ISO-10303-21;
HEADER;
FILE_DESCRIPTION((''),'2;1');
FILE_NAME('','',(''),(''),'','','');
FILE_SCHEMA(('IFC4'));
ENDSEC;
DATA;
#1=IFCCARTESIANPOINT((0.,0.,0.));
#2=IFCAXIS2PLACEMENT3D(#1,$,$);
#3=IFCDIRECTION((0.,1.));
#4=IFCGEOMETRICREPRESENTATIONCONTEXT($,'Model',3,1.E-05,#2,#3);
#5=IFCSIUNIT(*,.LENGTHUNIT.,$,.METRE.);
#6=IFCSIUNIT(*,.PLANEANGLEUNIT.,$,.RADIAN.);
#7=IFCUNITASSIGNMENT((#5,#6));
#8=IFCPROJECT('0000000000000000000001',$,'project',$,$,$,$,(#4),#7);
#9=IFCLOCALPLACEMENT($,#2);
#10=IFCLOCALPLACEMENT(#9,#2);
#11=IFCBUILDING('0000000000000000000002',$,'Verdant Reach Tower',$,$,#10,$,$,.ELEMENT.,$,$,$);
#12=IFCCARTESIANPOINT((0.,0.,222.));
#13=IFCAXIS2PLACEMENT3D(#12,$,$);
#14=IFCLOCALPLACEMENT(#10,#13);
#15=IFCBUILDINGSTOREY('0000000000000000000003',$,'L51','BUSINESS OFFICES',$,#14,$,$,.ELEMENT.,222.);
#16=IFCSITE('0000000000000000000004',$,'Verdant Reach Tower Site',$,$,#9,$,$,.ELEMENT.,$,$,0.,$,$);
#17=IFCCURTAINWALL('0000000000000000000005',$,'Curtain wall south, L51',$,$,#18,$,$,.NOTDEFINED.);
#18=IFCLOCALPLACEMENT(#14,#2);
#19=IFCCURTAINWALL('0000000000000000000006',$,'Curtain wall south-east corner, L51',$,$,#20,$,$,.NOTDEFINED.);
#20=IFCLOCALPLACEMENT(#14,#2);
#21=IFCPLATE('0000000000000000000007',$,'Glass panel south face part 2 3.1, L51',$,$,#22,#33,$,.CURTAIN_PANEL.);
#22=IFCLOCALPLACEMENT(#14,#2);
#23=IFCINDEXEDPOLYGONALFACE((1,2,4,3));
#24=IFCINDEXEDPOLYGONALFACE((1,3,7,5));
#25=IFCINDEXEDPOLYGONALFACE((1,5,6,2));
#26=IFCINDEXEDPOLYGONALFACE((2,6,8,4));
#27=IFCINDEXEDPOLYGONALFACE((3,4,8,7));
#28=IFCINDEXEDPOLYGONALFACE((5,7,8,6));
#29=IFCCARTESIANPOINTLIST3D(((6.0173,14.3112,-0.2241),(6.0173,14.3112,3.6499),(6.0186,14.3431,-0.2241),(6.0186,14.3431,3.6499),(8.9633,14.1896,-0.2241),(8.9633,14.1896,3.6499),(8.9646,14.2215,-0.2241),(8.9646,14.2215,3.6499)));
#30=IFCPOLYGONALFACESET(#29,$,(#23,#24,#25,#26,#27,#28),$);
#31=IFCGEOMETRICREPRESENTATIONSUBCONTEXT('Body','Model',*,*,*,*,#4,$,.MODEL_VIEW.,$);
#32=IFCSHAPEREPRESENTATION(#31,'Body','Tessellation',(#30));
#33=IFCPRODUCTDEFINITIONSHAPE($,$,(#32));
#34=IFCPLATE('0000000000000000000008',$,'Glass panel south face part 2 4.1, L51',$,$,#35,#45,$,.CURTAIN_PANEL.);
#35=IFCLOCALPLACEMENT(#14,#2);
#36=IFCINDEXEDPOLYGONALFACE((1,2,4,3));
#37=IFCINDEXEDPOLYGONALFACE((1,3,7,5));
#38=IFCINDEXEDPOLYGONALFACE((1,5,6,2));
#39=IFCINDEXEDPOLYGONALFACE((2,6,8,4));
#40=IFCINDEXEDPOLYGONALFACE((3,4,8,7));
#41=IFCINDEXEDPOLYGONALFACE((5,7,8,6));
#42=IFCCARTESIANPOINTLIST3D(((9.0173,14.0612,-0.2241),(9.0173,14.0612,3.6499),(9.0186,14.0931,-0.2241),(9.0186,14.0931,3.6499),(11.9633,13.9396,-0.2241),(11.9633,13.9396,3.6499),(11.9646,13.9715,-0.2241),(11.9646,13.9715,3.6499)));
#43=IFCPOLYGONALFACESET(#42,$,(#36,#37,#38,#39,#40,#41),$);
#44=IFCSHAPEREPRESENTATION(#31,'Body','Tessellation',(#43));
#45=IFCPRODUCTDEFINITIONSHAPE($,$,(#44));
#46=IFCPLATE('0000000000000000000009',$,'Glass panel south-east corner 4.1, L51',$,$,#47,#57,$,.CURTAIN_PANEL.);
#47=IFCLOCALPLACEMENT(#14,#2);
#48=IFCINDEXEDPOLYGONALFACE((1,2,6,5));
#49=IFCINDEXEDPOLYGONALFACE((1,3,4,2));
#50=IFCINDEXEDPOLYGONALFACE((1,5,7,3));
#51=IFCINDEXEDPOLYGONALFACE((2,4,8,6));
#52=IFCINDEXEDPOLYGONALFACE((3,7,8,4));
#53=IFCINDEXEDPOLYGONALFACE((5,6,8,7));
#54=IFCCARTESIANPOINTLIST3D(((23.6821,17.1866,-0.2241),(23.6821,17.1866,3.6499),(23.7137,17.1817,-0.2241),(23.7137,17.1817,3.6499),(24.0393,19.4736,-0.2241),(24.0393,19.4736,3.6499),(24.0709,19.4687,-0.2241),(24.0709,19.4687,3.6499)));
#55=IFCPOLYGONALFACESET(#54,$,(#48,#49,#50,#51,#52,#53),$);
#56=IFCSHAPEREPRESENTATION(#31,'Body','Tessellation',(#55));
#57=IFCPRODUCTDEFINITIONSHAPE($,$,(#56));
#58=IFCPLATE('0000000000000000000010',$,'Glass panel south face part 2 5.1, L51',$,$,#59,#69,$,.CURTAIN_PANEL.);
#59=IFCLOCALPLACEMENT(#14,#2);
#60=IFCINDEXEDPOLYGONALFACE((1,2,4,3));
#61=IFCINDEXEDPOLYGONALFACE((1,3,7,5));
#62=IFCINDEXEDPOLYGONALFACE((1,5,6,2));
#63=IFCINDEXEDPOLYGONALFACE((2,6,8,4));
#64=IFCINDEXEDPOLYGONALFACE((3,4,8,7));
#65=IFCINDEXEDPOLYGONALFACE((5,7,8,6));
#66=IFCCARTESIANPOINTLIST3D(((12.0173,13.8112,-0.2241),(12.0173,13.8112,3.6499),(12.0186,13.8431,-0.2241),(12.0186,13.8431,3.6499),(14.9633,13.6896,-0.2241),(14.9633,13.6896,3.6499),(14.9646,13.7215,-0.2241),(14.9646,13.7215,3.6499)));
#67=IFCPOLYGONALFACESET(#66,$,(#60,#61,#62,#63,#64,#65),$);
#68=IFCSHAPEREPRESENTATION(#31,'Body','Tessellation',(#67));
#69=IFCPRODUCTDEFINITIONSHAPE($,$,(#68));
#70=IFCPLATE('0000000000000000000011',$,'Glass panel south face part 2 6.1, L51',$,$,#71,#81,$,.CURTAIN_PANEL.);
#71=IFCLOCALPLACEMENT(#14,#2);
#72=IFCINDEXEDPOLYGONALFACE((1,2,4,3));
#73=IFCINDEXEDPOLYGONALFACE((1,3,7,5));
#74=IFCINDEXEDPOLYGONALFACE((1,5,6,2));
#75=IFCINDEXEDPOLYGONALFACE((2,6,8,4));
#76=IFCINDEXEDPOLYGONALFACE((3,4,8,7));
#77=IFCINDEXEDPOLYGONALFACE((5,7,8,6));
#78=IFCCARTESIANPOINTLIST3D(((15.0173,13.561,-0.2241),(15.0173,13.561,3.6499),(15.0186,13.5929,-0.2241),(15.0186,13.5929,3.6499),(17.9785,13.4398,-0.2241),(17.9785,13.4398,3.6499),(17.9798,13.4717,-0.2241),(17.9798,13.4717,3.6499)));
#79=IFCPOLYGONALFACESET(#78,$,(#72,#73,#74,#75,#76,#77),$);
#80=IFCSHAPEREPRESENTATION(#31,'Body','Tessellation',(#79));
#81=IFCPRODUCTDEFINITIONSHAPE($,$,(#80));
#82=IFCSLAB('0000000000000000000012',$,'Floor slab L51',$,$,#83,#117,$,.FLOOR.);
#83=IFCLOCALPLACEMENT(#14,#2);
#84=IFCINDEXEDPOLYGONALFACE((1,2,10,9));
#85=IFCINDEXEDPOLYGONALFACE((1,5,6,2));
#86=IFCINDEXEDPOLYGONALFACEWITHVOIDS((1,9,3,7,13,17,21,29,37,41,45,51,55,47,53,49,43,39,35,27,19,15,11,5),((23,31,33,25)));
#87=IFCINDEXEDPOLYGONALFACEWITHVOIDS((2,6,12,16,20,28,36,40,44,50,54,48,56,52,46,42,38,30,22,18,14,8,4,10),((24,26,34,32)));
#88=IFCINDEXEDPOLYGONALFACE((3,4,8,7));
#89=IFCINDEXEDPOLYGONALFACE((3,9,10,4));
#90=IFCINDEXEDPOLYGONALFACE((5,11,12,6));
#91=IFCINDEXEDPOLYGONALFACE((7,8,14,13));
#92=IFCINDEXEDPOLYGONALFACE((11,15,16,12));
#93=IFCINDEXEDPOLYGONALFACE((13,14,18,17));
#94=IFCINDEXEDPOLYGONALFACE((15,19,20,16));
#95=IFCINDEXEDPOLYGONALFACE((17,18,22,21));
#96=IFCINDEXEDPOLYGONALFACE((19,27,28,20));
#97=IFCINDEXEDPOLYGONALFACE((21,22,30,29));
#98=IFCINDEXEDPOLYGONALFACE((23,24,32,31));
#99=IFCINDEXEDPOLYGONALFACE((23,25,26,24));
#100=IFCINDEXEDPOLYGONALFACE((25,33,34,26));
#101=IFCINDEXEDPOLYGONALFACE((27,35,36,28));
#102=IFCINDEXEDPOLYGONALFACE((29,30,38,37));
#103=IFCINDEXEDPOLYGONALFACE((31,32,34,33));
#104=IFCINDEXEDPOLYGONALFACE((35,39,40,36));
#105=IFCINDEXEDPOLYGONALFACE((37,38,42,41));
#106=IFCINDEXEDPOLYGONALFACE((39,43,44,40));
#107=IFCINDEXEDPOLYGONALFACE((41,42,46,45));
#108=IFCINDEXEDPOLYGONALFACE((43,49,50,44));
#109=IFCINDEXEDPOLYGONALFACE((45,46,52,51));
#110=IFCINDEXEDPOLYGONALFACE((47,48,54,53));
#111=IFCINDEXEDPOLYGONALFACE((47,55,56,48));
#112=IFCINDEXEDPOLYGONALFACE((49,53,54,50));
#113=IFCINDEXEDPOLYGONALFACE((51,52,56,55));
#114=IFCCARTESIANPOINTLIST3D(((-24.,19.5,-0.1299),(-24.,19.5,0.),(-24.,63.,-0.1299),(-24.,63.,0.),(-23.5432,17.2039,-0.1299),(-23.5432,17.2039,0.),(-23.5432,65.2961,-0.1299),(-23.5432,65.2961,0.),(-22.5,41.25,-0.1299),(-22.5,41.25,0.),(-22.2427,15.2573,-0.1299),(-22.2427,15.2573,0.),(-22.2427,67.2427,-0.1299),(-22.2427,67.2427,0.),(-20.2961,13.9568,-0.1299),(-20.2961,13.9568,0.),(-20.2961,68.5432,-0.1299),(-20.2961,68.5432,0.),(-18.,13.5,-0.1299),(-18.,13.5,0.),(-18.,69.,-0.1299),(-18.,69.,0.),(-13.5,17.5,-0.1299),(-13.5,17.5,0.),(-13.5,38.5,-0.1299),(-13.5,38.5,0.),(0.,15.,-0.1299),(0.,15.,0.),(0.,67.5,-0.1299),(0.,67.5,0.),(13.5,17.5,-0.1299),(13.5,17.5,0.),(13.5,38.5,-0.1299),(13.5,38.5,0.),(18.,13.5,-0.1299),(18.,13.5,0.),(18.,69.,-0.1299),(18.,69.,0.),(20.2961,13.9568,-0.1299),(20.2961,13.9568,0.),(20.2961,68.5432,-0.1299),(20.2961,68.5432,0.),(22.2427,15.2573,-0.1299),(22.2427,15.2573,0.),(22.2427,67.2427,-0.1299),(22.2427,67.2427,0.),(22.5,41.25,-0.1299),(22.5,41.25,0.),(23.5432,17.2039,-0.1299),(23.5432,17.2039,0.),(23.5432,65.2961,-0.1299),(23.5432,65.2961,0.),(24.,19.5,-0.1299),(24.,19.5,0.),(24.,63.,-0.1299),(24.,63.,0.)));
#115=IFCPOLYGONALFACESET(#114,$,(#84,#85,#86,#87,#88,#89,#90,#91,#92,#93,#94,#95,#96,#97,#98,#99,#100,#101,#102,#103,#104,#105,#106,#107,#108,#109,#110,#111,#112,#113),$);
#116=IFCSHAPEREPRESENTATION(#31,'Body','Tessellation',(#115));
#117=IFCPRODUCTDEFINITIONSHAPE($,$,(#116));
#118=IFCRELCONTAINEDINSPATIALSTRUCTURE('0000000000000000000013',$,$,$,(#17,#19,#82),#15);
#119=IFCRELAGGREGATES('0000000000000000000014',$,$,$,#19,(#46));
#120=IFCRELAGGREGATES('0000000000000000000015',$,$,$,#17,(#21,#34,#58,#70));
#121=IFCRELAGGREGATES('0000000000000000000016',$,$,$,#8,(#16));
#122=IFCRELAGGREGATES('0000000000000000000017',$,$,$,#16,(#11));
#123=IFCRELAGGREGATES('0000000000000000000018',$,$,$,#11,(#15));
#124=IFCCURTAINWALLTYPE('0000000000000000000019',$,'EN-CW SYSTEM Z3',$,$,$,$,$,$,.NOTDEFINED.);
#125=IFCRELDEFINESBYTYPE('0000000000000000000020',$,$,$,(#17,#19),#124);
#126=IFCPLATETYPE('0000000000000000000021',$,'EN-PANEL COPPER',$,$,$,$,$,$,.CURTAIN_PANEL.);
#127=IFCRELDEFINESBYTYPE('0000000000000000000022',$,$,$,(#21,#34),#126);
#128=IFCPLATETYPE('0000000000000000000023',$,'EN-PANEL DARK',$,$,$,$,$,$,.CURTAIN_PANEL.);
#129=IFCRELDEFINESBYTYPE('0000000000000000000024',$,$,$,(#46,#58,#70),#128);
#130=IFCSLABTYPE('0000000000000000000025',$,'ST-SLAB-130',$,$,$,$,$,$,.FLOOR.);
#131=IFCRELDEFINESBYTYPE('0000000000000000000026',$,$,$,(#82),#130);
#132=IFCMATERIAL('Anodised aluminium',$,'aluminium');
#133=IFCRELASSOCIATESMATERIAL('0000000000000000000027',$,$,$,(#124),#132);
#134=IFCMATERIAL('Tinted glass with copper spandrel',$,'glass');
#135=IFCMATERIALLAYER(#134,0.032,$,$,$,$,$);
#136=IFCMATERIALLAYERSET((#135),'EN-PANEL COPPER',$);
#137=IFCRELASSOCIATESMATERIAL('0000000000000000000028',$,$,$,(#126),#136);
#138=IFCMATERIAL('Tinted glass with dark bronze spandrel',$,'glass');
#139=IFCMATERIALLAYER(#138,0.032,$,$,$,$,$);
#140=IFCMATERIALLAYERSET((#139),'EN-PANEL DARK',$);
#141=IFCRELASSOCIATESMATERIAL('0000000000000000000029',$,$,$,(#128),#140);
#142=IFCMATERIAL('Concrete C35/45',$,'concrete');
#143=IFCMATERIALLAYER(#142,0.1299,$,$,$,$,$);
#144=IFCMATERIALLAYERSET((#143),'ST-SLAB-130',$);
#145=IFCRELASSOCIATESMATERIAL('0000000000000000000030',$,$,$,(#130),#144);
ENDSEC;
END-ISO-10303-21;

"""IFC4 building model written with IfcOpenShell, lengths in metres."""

from ifc_helpers import new_model, si_unit, direction, frame, origin, origin_2d, place, context, subcontext, project, spatial, polyline, rectangle, outline, extrude, material, layer, layer_set, type_object, element, aggregate, save


model = new_model("IFC4")

# Units and contexts
model_context = context("Model", 3, precision=1e-05, world=origin(), true_north=direction((0.0, 1.0)))
body_context = subcontext(model_context, "Body", "Model", "MODEL_VIEW")
ifc_project = project(units=[si_unit("LENGTHUNIT", "METRE"), si_unit("PLANEANGLEUNIT", "RADIAN")], contexts=[model_context])

# Site, building, storey
site_placement = place(None, origin())
site = spatial("IfcSite", under=ifc_project, at=site_placement, Name="Verdant Reach Tower Site", CompositionType="ELEMENT", RefElevation=0.0)
building_placement = place(site_placement, origin())
building = spatial("IfcBuilding", under=site, at=building_placement, Name="Verdant Reach Tower", CompositionType="ELEMENT")
storey_placement = place(building_placement, frame((0.0, 0.0, 222.0)))
storey = spatial("IfcBuildingStorey", under=building, at=storey_placement, Name="L51", Description="BUSINESS OFFICES", CompositionType="ELEMENT", Elevation=222.0)

# Curtain wall
ifc_material_1 = material(Name="Anodised aluminium", Category="aluminium")
curtain_wall_type = type_object("IfcCurtainWallType", Name="EN-CW SYSTEM Z3", PredefinedType="NOTDEFINED", material=ifc_material_1)
curtain_wall_1_placement = place(storey_placement, origin())
curtain_wall_1 = element("IfcCurtainWall", 1, at=curtain_wall_1_placement, inside=storey, type_object=curtain_wall_type, Name="Curtain wall south, L51", PredefinedType="NOTDEFINED")

# Curtain wall
curtain_wall_2_placement = place(storey_placement, origin())
curtain_wall_2 = element("IfcCurtainWall", 2, at=curtain_wall_2_placement, inside=storey, type_object=curtain_wall_type, Name="Curtain wall south-east corner, L51", PredefinedType="NOTDEFINED")
ifc_material_2 = material(Name="Tinted glass with copper spandrel", Category="glass")
ifc_layer_1 = layer(ifc_material_2, 0.032)
ifc_layer_set_1 = layer_set([ifc_layer_1], Name="EN-PANEL COPPER")
plate_type_1 = type_object("IfcPlateType", Name="EN-PANEL COPPER", PredefinedType="CURTAIN_PANEL", material=ifc_layer_set_1)

# Plates
plate_1_placement = place(storey_placement, frame((7.491, 14.2664, -0.2241), z_axis=(0.0, 0.0, 1.0), x_axis=(0.999149, -0.041242, 0.0)))
plate_1 = element("IfcPlate", 3, at=plate_1_placement, type_object=plate_type_1, Name="Glass panel south face part 2 3.1, L51", PredefinedType="CURTAIN_PANEL", context=body_context, shape_type="SweptSolid", body=[
    extrude(rectangle(XDim=2.9485, YDim=0.032, at=origin_2d()), origin(), (0.0, 0.0, 1.0), 3.874),
])
plate_2_placement = place(storey_placement, frame((10.491, 14.0164, -0.2241), z_axis=(0.0, 0.0, 1.0), x_axis=(0.999149, -0.041242, 0.0)))
plate_2 = element("IfcPlate", 4, at=plate_2_placement, type_object=plate_type_1, Name="Glass panel south face part 2 4.1, L51", PredefinedType="CURTAIN_PANEL", context=body_context, shape_type="SweptSolid", body=[
    extrude(rectangle(XDim=2.9485, YDim=0.032, at=origin_2d()), origin(), (0.0, 0.0, 1.0), 3.874),
])
ifc_material_3 = material(Name="Tinted glass with dark bronze spandrel", Category="glass")
ifc_layer_2 = layer(ifc_material_3, 0.032)
ifc_layer_set_2 = layer_set([ifc_layer_2], Name="EN-PANEL DARK")
plate_type_2 = type_object("IfcPlateType", Name="EN-PANEL DARK", PredefinedType="CURTAIN_PANEL", material=ifc_layer_set_2)
plate_3_placement = place(storey_placement, frame((23.8765, 18.3276, -0.2241), z_axis=(0.0, 0.0, 1.0), x_axis=(0.154312, 0.988022, 0.0)))
plate_3 = element("IfcPlate", 5, at=plate_3_placement, type_object=plate_type_2, Name="Glass panel south-east corner 4.1, L51", PredefinedType="CURTAIN_PANEL", context=body_context, shape_type="SweptSolid", body=[
    extrude(rectangle(XDim=2.3147, YDim=0.032, at=origin_2d()), origin(), (0.0, 0.0, 1.0), 3.874),
])
aggregate(curtain_wall_2, [plate_3])
plate_4_placement = place(storey_placement, frame((13.491, 13.7664, -0.2241), z_axis=(0.0, 0.0, 1.0), x_axis=(0.999149, -0.041242, 0.0)))
plate_4 = element("IfcPlate", 6, at=plate_4_placement, type_object=plate_type_2, Name="Glass panel south face part 2 5.1, L51", PredefinedType="CURTAIN_PANEL", context=body_context, shape_type="SweptSolid", body=[
    extrude(rectangle(XDim=2.9485, YDim=0.032, at=origin_2d()), origin(), (0.0, 0.0, 1.0), 3.874),
])
plate_5_placement = place(storey_placement, frame((16.4985, 13.5164, -0.2241), z_axis=(0.0, 0.0, 1.0), x_axis=(0.999164, -0.040891, 0.0)))
plate_5 = element("IfcPlate", 7, at=plate_5_placement, type_object=plate_type_2, Name="Glass panel south face part 2 6.1, L51", PredefinedType="CURTAIN_PANEL", context=body_context, shape_type="SweptSolid", body=[
    extrude(rectangle(XDim=2.9636, YDim=0.032, at=origin_2d()), origin(), (0.0, 0.0, 1.0), 3.874),
])
aggregate(curtain_wall_1, [plate_1, plate_2, plate_4, plate_5])

# Slab
ifc_material_4 = material(Name="Concrete C35/45", Category="concrete")
ifc_layer_3 = layer(ifc_material_4, 0.1299)
ifc_layer_set_3 = layer_set([ifc_layer_3], Name="ST-SLAB-130")
slab_type_1 = type_object("IfcSlabType", Name="ST-SLAB-130", PredefinedType="FLOOR", material=ifc_layer_set_3)
slab_1_placement = place(storey_placement, frame((0.0, 0.0, -0.1299)))
element("IfcSlab", 8, at=slab_1_placement, inside=storey, type_object=slab_type_1, Name="Floor slab L51", PredefinedType="FLOOR", context=body_context, shape_type="SweptSolid", body=[
    extrude(outline(polyline([(0.0, 15.0), (-18.0, 13.5), (-20.2961, 13.9568), (-22.2427, 15.2573), (-23.5432, 17.2039), (-24.0, 19.5), (-22.5, 41.25), (-24.0, 63.0), (-23.5432, 65.2961), (-22.2427, 67.2427), (-20.2961, 68.5432), (-18.0, 69.0), (0.0, 67.5), (18.0, 69.0), (20.2961, 68.5432), (22.2427, 67.2427), (23.5432, 65.2961), (24.0, 63.0), (22.5, 41.25), (24.0, 19.5), (23.5432, 17.2039), (22.2427, 15.2573), (20.2961, 13.9568), (18.0, 13.5), (0.0, 15.0)]), holes=[polyline([(13.5, 38.5), (-13.5, 38.5), (-13.5, 17.5), (13.5, 17.5), (13.5, 38.5)])]), origin(), (0.0, 0.0, 1.0), 0.1299),
])

save(model, "model.ifc")
